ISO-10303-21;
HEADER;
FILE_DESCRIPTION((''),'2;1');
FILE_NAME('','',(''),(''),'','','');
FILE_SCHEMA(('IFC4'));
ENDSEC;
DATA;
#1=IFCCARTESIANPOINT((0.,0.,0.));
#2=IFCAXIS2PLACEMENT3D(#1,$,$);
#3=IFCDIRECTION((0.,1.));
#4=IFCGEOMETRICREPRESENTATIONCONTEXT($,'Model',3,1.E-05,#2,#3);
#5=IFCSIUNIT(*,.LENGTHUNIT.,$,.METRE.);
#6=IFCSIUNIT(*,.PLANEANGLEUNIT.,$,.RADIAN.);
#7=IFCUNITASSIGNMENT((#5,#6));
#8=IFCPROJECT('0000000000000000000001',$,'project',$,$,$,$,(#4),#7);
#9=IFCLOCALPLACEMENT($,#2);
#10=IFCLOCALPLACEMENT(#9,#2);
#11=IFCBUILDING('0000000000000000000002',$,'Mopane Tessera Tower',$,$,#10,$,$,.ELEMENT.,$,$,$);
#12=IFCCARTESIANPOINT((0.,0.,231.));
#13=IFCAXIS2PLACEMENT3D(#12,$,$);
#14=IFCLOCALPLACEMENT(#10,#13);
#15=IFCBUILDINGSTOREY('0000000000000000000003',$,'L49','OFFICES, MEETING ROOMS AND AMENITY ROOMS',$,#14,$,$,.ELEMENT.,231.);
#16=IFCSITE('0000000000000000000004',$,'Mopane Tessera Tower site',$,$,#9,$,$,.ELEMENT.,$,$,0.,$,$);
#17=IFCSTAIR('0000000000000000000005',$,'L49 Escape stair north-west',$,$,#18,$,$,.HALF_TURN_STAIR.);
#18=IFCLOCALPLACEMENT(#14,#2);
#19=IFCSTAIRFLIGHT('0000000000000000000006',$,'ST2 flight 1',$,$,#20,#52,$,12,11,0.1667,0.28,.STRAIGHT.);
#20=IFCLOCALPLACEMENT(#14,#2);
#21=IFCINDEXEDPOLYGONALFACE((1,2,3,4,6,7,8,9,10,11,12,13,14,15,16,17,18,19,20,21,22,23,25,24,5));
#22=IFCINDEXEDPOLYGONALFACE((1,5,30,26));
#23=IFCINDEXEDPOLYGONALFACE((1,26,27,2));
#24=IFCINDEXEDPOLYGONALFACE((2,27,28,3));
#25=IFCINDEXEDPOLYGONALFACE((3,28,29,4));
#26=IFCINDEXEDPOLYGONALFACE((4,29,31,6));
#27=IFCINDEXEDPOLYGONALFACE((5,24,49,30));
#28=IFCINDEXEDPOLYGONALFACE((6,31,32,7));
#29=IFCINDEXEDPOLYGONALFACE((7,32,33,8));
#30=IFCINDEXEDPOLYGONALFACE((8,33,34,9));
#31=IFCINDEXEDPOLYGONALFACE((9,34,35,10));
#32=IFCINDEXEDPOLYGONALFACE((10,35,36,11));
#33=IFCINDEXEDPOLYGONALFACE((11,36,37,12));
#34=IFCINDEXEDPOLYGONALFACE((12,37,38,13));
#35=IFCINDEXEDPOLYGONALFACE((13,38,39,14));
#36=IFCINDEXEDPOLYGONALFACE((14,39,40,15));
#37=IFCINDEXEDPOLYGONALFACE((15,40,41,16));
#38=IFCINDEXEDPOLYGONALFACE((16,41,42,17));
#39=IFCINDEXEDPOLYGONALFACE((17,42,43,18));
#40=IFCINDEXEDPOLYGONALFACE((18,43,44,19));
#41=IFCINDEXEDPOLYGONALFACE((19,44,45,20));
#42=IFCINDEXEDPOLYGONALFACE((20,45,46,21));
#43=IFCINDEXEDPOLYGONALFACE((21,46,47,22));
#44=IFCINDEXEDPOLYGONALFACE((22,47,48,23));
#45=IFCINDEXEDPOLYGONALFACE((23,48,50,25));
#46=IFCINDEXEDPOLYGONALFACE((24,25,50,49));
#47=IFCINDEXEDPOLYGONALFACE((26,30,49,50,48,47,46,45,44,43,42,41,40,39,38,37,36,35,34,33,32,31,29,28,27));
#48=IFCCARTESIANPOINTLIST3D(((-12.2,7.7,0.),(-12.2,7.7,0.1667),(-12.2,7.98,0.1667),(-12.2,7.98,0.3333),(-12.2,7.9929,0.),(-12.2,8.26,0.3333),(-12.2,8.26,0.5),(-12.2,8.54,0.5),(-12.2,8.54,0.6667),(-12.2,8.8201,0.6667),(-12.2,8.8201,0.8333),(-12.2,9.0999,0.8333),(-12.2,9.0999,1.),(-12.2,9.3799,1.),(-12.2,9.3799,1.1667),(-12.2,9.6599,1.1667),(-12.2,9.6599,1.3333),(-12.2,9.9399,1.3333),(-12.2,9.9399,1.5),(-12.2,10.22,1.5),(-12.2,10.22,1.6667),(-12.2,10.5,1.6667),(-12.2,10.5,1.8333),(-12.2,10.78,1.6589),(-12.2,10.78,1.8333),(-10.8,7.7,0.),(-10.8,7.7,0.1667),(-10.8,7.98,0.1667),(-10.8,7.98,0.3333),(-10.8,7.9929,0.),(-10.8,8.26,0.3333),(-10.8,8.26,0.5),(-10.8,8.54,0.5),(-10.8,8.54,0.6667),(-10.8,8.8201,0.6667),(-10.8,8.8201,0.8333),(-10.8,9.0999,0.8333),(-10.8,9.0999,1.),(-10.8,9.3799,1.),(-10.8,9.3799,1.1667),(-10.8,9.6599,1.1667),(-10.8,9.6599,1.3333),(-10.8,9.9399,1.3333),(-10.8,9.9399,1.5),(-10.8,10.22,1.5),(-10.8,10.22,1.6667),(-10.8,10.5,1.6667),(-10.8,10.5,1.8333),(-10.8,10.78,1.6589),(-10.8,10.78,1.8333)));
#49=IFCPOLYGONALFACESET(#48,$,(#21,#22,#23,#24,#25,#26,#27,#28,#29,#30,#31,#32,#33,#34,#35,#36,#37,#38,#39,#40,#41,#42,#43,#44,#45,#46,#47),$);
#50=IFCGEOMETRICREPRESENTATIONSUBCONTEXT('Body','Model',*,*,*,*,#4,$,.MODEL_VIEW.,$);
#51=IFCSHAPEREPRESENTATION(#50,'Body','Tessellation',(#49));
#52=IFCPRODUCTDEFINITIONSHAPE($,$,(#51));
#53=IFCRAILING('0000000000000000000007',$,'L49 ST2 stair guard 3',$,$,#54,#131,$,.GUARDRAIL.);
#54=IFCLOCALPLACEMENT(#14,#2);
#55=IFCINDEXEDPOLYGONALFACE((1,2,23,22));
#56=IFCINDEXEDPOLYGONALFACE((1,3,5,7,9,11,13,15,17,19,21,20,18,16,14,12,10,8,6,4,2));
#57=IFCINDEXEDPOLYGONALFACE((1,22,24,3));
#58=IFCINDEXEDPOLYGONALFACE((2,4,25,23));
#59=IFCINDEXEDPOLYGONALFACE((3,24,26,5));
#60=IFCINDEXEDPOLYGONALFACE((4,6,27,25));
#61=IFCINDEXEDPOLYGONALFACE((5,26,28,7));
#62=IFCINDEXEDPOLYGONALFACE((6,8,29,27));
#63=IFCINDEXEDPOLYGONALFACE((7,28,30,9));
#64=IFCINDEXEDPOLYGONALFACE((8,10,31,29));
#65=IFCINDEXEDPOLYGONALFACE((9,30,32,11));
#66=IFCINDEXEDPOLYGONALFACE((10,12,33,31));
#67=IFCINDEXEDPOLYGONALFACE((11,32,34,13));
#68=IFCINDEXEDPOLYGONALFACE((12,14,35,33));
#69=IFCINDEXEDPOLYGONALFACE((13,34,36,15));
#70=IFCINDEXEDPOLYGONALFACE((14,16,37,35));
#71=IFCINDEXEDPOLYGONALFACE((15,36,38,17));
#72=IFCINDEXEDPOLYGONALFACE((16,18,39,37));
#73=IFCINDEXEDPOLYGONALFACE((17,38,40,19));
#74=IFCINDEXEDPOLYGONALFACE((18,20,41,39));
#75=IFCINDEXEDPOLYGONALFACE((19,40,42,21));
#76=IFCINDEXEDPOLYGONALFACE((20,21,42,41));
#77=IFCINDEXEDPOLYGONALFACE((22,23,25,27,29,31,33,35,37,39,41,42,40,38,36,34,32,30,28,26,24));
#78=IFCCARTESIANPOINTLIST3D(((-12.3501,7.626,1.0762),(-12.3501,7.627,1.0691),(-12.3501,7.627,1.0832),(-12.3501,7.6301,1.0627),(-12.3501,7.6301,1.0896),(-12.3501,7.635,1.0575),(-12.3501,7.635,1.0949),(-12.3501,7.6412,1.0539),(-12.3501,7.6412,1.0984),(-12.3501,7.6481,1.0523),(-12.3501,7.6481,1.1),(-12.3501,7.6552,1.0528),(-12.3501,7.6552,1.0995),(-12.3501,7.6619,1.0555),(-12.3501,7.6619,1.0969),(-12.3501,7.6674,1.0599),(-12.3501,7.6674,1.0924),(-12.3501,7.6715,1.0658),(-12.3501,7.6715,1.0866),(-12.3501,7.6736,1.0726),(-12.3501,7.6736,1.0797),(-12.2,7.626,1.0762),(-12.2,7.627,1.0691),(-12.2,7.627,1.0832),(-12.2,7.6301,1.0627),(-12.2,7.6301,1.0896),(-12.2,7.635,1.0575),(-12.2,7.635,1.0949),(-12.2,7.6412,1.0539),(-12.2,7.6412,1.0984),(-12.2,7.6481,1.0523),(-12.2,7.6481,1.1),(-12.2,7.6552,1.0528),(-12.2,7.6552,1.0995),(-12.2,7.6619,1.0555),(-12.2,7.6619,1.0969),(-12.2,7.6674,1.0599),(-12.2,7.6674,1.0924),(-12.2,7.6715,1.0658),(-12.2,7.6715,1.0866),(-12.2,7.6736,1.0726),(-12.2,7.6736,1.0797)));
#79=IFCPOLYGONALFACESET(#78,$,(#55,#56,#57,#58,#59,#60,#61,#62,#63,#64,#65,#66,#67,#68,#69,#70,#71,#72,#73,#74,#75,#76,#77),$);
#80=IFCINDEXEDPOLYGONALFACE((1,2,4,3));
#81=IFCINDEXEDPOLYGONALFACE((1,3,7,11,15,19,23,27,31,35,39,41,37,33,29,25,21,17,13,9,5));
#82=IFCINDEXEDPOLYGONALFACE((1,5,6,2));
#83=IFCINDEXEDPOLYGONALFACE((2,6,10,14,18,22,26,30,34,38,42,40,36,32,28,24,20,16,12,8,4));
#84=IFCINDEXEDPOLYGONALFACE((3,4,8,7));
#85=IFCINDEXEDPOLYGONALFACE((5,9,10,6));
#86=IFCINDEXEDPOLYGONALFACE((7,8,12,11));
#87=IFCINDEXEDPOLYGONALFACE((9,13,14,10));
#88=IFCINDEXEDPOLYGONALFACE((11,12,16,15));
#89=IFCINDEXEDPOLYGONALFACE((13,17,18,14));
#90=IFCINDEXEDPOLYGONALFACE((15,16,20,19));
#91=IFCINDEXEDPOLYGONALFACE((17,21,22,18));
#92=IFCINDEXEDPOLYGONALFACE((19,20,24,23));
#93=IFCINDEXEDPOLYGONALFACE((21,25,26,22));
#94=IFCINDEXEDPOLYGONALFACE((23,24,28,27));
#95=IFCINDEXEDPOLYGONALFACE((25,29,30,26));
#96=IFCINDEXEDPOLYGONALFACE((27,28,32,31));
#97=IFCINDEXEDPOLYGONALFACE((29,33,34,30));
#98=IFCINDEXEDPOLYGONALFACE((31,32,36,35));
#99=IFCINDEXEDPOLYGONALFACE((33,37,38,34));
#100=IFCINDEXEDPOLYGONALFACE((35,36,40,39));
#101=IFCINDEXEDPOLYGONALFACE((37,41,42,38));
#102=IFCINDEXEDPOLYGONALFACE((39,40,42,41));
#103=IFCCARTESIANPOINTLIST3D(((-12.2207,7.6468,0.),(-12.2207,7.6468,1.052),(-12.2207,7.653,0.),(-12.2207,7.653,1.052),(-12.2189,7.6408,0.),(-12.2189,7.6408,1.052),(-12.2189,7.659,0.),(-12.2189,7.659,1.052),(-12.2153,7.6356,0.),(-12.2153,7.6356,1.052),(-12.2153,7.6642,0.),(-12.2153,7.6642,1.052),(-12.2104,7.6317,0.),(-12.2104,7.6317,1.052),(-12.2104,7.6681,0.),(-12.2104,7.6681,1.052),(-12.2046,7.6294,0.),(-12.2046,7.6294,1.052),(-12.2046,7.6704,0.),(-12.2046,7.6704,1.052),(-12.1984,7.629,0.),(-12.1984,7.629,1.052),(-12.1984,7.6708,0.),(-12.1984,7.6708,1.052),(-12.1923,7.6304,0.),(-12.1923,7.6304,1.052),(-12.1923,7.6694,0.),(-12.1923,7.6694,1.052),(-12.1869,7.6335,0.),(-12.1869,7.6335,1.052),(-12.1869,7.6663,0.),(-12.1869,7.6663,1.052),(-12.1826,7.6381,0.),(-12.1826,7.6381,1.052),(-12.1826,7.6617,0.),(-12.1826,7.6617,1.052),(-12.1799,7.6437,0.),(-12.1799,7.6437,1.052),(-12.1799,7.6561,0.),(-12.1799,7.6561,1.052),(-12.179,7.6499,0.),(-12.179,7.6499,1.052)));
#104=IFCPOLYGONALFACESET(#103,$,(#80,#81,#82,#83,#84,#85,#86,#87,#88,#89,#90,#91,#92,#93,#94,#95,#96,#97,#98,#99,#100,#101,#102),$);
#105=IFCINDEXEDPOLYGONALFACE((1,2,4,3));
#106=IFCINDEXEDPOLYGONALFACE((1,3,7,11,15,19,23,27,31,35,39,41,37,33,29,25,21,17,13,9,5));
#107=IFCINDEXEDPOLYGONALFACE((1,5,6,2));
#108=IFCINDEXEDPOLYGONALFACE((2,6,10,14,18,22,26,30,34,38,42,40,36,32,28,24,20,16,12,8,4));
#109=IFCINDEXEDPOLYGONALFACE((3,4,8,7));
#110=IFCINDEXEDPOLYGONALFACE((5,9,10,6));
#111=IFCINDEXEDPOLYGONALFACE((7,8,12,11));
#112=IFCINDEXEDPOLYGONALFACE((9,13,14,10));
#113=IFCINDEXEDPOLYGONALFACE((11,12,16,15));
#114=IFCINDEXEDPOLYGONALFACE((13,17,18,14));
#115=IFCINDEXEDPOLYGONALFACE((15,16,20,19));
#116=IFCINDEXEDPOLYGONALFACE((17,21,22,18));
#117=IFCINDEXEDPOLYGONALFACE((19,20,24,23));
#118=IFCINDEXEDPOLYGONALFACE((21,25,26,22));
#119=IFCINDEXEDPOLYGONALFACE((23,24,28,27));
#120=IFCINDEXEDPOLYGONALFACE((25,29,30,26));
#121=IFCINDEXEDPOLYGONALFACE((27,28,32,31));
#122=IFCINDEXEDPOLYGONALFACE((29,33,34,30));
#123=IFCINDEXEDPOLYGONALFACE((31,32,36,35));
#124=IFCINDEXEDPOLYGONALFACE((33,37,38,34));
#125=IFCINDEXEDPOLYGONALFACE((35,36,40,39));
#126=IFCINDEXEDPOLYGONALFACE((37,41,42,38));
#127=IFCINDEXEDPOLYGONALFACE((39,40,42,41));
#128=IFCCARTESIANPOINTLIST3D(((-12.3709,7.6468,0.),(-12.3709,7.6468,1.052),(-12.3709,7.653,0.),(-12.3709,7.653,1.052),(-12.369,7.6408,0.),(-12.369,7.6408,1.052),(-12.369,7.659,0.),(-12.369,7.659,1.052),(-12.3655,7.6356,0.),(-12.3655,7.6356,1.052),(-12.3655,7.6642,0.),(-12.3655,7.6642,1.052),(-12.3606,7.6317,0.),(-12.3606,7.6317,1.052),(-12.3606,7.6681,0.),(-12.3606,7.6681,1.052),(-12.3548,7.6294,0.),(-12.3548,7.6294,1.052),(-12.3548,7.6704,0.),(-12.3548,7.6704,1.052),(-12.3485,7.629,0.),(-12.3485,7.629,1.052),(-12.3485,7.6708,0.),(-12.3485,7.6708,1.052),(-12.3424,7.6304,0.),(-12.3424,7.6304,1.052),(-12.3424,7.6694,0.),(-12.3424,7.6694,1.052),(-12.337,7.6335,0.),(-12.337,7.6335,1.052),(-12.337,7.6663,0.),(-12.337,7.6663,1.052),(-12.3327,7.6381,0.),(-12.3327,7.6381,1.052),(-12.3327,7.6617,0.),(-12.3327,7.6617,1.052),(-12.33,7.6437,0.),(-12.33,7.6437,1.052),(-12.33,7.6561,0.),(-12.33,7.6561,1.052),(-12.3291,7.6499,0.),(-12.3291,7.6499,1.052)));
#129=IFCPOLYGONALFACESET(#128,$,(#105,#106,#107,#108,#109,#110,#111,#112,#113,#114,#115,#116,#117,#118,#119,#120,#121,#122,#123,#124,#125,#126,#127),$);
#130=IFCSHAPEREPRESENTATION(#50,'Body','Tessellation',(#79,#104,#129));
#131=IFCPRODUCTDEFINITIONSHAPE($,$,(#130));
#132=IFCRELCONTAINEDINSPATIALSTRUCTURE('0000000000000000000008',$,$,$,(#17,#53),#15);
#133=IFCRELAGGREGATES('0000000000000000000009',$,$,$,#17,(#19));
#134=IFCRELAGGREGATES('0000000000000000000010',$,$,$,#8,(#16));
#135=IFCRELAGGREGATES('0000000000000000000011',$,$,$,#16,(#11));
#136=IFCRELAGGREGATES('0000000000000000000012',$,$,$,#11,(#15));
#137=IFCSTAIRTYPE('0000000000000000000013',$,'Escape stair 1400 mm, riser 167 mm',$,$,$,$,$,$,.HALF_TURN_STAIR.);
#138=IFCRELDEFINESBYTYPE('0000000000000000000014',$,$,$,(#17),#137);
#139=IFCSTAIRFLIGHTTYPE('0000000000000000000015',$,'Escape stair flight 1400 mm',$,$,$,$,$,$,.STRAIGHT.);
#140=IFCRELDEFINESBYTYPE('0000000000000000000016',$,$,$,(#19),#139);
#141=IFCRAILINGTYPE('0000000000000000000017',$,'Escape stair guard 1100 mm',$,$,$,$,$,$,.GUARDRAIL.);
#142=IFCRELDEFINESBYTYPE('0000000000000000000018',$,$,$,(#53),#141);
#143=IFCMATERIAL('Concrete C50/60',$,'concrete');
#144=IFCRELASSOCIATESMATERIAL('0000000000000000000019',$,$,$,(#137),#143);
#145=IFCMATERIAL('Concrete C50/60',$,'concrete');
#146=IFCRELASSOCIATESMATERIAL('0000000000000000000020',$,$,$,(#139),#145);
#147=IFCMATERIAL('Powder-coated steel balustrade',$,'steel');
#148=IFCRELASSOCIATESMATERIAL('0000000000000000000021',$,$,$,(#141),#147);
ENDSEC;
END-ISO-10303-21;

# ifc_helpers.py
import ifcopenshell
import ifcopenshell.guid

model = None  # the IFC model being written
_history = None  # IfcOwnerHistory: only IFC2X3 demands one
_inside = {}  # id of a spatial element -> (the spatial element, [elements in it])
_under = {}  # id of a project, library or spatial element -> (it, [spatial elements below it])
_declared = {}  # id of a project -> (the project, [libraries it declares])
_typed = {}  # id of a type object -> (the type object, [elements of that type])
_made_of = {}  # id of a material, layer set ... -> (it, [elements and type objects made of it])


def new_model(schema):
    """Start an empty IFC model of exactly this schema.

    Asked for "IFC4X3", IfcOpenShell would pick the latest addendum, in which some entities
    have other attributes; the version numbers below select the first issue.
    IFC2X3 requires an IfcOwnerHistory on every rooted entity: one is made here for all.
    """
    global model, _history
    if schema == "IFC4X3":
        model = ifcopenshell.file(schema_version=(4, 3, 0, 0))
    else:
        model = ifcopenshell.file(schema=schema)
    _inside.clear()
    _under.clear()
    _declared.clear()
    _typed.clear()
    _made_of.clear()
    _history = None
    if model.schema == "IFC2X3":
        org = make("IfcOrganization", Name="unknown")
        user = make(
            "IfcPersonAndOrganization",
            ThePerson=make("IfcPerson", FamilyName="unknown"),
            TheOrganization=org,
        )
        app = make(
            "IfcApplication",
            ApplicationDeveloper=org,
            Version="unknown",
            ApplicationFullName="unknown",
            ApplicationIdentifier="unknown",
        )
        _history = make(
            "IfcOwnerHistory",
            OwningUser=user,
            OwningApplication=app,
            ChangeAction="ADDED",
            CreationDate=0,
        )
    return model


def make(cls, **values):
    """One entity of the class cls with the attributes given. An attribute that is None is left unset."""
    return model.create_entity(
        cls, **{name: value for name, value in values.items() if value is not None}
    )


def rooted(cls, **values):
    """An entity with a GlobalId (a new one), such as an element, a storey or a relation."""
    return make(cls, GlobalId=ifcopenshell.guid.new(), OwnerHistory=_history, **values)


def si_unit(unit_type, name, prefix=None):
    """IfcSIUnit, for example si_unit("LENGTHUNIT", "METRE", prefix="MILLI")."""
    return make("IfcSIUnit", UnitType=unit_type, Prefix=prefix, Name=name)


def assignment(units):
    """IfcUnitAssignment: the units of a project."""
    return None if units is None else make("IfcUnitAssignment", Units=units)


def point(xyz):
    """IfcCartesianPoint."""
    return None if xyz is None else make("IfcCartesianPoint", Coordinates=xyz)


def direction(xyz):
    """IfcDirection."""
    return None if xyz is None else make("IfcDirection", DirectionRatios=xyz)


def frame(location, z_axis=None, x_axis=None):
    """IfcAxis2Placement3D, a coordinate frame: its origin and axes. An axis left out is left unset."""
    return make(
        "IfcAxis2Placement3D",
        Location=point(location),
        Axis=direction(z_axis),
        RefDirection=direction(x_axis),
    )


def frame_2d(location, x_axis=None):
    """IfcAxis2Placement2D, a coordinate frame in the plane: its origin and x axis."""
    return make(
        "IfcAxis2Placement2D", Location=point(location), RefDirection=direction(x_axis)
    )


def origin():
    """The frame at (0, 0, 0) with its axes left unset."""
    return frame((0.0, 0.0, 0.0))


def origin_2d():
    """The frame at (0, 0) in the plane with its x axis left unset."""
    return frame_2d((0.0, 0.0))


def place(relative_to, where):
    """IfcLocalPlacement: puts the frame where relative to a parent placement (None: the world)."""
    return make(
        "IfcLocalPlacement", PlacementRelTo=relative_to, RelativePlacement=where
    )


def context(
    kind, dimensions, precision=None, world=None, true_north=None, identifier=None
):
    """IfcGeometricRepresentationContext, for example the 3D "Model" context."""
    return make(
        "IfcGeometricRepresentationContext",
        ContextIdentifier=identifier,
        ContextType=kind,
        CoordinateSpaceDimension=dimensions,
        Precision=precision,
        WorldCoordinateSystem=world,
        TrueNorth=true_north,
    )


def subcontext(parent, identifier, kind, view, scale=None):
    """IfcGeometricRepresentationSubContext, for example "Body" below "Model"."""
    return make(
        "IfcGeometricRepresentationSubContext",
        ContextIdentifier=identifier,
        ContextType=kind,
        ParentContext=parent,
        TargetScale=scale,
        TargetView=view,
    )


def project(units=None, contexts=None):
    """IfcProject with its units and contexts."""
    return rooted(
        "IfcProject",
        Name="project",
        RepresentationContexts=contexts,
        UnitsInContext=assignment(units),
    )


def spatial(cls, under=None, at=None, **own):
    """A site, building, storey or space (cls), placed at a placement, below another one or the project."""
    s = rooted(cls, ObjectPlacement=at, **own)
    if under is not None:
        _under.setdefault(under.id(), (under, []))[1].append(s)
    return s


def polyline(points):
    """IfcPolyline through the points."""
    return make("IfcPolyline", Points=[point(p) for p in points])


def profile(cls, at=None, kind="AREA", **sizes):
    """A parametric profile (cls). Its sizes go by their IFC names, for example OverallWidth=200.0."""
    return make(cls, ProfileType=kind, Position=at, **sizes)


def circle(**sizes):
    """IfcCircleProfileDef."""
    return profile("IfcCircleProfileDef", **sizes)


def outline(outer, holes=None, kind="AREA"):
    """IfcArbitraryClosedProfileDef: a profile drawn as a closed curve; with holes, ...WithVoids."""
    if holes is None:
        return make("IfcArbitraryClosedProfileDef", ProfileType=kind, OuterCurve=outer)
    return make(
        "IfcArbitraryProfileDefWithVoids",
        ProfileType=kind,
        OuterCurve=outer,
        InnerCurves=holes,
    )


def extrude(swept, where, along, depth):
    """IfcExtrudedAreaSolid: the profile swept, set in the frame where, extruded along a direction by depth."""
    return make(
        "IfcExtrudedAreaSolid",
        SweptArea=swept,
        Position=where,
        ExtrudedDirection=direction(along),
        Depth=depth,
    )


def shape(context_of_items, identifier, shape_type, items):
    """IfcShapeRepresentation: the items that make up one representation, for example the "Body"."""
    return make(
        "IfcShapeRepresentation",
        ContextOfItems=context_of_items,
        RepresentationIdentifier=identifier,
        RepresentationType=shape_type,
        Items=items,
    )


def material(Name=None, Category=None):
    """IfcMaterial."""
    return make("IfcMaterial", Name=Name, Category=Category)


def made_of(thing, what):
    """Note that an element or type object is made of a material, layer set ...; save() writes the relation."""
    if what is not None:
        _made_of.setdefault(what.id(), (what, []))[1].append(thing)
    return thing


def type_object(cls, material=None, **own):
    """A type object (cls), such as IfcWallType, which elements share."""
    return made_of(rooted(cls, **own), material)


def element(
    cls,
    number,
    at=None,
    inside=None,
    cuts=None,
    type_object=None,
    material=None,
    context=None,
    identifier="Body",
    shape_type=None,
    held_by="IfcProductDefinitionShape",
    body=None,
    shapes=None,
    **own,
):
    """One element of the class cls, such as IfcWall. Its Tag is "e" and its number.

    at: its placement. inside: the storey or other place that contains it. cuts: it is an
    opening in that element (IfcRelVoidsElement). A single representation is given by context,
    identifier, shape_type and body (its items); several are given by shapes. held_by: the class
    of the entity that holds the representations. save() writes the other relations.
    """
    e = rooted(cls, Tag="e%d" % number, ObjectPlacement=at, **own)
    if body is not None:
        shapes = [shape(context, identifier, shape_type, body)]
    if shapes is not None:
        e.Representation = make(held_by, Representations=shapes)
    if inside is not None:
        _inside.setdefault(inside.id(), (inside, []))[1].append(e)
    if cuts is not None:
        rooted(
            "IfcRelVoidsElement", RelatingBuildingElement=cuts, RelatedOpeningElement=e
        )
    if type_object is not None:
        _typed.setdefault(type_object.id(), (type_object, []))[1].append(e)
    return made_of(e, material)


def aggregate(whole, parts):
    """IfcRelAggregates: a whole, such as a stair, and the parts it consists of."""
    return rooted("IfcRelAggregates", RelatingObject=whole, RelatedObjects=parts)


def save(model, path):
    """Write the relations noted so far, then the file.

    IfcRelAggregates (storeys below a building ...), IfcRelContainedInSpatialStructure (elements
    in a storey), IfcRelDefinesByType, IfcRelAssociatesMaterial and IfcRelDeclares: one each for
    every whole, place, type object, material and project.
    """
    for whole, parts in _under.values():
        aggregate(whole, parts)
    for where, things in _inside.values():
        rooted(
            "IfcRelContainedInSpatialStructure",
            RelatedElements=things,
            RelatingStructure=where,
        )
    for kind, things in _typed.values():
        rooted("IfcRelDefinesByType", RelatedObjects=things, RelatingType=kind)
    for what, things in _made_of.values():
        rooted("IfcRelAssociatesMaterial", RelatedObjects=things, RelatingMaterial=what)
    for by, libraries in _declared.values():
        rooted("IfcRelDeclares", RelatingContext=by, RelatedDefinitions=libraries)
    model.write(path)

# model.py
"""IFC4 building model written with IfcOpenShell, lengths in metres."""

from ifc_helpers import new_model, si_unit, direction, frame, origin, origin_2d, place, context, subcontext, project, spatial, polyline, circle, outline, extrude, material, type_object, element, aggregate, save


model = new_model("IFC4")

# Units and contexts
model_context = context("Model", 3, precision=1e-05, world=origin(), true_north=direction((0.0, 1.0)))
body_context = subcontext(model_context, "Body", "Model", "MODEL_VIEW")
ifc_project = project(units=[si_unit("LENGTHUNIT", "METRE"), si_unit("PLANEANGLEUNIT", "RADIAN")], contexts=[model_context])

# Site, building, storey
site_placement = place(None, origin())
site = spatial("IfcSite", under=ifc_project, at=site_placement, Name="Mopane Tessera Tower site", CompositionType="ELEMENT", RefElevation=0.0)
building_placement = place(site_placement, origin())
building = spatial("IfcBuilding", under=site, at=building_placement, Name="Mopane Tessera Tower", CompositionType="ELEMENT")
storey_placement = place(building_placement, frame((0.0, 0.0, 231.0)))
storey = spatial("IfcBuildingStorey", under=building, at=storey_placement, Name="L49", Description="OFFICES, MEETING ROOMS AND AMENITY ROOMS", CompositionType="ELEMENT", Elevation=231.0)

# Stair, stair flight
ifc_material_1 = material(Name="Concrete C50/60", Category="concrete")
stair_type = type_object("IfcStairType", Name="Escape stair 1400 mm, riser 167 mm", PredefinedType="HALF_TURN_STAIR", material=ifc_material_1)
stair_placement = place(storey_placement, origin())
stair = element("IfcStair", 1, at=stair_placement, inside=storey, type_object=stair_type, Name="L49 Escape stair north-west", PredefinedType="HALF_TURN_STAIR")
ifc_material_2 = material(Name="Concrete C50/60", Category="concrete")
stair_flight_type = type_object("IfcStairFlightType", Name="Escape stair flight 1400 mm", PredefinedType="STRAIGHT", material=ifc_material_2)
stair_flight_placement = place(storey_placement, frame((-11.5, 7.7, 0.0), z_axis=(0.0, 0.0, 1.0), x_axis=(0.0, 1.0, 0.0)))
stair_flight = element("IfcStairFlight", 2, at=stair_flight_placement, type_object=stair_flight_type, Name="ST2 flight 1", NumberOfRisers=12, NumberOfTreads=11, PredefinedType="STRAIGHT", RiserHeight=0.1667, TreadLength=0.28, context=body_context, shape_type="SweptSolid", body=[
    extrude(outline(polyline([(0.0, 0.0), (0.0, 0.1667), (0.28, 0.1667), (0.28, 0.3333), (0.5601, 0.3333), (0.5601, 0.5), (0.8401, 0.5), (0.8401, 0.6667), (1.1201, 0.6667), (1.1201, 0.8333), (1.3999, 0.8333), (1.3999, 1.0), (1.6799, 1.0), (1.6799, 1.1667), (1.96, 1.1667), (1.96, 1.3333), (2.24, 1.3333), (2.24, 1.5), (2.52, 1.5), (2.52, 1.6667), (2.8, 1.6667), (2.8, 1.8333), (3.0801, 1.8333), (3.0801, 2.0), (3.0801, 1.6589), (0.293, 0.0), (0.0, 0.0)])), frame((0.0, 0.7, 0.0), z_axis=(0.0, -1.0, 0.0), x_axis=(1.0, 0.0, 0.0)), (0.0, 0.0, 1.0), 1.3999),
])
aggregate(stair, [stair_flight])

# Railing
ifc_material_3 = material(Name="Powder-coated steel balustrade", Category="steel")
railing_type_1 = type_object("IfcRailingType", Name="Escape stair guard 1100 mm", PredefinedType="GUARDRAIL", material=ifc_material_3)
railing_1_placement = place(storey_placement, frame((-12.2, 7.6499, 0.0)))
element("IfcRailing", 3, at=railing_1_placement, inside=storey, type_object=railing_type_1, Name="L49 ST2 stair guard 3", PredefinedType="GUARDRAIL", context=body_context, shape_type="SweptSolid", body=[
    extrude(circle(Radius=0.0239, at=origin_2d()), frame((0.0, 0.0, 1.0762), z_axis=(-1.0, 0.0, 0.0), x_axis=(0.0, -1.0, 0.0)), (0.0, 0.0, 1.0), 0.1501),
    extrude(circle(Radius=0.021, at=origin_2d()), origin(), (0.0, 0.0, 1.0), 1.052),
    extrude(circle(Radius=0.021, at=origin_2d()), frame((-0.1501, 0.0, 0.0)), (0.0, 0.0, 1.0), 1.052),
])

save(model, "model.ifc")
